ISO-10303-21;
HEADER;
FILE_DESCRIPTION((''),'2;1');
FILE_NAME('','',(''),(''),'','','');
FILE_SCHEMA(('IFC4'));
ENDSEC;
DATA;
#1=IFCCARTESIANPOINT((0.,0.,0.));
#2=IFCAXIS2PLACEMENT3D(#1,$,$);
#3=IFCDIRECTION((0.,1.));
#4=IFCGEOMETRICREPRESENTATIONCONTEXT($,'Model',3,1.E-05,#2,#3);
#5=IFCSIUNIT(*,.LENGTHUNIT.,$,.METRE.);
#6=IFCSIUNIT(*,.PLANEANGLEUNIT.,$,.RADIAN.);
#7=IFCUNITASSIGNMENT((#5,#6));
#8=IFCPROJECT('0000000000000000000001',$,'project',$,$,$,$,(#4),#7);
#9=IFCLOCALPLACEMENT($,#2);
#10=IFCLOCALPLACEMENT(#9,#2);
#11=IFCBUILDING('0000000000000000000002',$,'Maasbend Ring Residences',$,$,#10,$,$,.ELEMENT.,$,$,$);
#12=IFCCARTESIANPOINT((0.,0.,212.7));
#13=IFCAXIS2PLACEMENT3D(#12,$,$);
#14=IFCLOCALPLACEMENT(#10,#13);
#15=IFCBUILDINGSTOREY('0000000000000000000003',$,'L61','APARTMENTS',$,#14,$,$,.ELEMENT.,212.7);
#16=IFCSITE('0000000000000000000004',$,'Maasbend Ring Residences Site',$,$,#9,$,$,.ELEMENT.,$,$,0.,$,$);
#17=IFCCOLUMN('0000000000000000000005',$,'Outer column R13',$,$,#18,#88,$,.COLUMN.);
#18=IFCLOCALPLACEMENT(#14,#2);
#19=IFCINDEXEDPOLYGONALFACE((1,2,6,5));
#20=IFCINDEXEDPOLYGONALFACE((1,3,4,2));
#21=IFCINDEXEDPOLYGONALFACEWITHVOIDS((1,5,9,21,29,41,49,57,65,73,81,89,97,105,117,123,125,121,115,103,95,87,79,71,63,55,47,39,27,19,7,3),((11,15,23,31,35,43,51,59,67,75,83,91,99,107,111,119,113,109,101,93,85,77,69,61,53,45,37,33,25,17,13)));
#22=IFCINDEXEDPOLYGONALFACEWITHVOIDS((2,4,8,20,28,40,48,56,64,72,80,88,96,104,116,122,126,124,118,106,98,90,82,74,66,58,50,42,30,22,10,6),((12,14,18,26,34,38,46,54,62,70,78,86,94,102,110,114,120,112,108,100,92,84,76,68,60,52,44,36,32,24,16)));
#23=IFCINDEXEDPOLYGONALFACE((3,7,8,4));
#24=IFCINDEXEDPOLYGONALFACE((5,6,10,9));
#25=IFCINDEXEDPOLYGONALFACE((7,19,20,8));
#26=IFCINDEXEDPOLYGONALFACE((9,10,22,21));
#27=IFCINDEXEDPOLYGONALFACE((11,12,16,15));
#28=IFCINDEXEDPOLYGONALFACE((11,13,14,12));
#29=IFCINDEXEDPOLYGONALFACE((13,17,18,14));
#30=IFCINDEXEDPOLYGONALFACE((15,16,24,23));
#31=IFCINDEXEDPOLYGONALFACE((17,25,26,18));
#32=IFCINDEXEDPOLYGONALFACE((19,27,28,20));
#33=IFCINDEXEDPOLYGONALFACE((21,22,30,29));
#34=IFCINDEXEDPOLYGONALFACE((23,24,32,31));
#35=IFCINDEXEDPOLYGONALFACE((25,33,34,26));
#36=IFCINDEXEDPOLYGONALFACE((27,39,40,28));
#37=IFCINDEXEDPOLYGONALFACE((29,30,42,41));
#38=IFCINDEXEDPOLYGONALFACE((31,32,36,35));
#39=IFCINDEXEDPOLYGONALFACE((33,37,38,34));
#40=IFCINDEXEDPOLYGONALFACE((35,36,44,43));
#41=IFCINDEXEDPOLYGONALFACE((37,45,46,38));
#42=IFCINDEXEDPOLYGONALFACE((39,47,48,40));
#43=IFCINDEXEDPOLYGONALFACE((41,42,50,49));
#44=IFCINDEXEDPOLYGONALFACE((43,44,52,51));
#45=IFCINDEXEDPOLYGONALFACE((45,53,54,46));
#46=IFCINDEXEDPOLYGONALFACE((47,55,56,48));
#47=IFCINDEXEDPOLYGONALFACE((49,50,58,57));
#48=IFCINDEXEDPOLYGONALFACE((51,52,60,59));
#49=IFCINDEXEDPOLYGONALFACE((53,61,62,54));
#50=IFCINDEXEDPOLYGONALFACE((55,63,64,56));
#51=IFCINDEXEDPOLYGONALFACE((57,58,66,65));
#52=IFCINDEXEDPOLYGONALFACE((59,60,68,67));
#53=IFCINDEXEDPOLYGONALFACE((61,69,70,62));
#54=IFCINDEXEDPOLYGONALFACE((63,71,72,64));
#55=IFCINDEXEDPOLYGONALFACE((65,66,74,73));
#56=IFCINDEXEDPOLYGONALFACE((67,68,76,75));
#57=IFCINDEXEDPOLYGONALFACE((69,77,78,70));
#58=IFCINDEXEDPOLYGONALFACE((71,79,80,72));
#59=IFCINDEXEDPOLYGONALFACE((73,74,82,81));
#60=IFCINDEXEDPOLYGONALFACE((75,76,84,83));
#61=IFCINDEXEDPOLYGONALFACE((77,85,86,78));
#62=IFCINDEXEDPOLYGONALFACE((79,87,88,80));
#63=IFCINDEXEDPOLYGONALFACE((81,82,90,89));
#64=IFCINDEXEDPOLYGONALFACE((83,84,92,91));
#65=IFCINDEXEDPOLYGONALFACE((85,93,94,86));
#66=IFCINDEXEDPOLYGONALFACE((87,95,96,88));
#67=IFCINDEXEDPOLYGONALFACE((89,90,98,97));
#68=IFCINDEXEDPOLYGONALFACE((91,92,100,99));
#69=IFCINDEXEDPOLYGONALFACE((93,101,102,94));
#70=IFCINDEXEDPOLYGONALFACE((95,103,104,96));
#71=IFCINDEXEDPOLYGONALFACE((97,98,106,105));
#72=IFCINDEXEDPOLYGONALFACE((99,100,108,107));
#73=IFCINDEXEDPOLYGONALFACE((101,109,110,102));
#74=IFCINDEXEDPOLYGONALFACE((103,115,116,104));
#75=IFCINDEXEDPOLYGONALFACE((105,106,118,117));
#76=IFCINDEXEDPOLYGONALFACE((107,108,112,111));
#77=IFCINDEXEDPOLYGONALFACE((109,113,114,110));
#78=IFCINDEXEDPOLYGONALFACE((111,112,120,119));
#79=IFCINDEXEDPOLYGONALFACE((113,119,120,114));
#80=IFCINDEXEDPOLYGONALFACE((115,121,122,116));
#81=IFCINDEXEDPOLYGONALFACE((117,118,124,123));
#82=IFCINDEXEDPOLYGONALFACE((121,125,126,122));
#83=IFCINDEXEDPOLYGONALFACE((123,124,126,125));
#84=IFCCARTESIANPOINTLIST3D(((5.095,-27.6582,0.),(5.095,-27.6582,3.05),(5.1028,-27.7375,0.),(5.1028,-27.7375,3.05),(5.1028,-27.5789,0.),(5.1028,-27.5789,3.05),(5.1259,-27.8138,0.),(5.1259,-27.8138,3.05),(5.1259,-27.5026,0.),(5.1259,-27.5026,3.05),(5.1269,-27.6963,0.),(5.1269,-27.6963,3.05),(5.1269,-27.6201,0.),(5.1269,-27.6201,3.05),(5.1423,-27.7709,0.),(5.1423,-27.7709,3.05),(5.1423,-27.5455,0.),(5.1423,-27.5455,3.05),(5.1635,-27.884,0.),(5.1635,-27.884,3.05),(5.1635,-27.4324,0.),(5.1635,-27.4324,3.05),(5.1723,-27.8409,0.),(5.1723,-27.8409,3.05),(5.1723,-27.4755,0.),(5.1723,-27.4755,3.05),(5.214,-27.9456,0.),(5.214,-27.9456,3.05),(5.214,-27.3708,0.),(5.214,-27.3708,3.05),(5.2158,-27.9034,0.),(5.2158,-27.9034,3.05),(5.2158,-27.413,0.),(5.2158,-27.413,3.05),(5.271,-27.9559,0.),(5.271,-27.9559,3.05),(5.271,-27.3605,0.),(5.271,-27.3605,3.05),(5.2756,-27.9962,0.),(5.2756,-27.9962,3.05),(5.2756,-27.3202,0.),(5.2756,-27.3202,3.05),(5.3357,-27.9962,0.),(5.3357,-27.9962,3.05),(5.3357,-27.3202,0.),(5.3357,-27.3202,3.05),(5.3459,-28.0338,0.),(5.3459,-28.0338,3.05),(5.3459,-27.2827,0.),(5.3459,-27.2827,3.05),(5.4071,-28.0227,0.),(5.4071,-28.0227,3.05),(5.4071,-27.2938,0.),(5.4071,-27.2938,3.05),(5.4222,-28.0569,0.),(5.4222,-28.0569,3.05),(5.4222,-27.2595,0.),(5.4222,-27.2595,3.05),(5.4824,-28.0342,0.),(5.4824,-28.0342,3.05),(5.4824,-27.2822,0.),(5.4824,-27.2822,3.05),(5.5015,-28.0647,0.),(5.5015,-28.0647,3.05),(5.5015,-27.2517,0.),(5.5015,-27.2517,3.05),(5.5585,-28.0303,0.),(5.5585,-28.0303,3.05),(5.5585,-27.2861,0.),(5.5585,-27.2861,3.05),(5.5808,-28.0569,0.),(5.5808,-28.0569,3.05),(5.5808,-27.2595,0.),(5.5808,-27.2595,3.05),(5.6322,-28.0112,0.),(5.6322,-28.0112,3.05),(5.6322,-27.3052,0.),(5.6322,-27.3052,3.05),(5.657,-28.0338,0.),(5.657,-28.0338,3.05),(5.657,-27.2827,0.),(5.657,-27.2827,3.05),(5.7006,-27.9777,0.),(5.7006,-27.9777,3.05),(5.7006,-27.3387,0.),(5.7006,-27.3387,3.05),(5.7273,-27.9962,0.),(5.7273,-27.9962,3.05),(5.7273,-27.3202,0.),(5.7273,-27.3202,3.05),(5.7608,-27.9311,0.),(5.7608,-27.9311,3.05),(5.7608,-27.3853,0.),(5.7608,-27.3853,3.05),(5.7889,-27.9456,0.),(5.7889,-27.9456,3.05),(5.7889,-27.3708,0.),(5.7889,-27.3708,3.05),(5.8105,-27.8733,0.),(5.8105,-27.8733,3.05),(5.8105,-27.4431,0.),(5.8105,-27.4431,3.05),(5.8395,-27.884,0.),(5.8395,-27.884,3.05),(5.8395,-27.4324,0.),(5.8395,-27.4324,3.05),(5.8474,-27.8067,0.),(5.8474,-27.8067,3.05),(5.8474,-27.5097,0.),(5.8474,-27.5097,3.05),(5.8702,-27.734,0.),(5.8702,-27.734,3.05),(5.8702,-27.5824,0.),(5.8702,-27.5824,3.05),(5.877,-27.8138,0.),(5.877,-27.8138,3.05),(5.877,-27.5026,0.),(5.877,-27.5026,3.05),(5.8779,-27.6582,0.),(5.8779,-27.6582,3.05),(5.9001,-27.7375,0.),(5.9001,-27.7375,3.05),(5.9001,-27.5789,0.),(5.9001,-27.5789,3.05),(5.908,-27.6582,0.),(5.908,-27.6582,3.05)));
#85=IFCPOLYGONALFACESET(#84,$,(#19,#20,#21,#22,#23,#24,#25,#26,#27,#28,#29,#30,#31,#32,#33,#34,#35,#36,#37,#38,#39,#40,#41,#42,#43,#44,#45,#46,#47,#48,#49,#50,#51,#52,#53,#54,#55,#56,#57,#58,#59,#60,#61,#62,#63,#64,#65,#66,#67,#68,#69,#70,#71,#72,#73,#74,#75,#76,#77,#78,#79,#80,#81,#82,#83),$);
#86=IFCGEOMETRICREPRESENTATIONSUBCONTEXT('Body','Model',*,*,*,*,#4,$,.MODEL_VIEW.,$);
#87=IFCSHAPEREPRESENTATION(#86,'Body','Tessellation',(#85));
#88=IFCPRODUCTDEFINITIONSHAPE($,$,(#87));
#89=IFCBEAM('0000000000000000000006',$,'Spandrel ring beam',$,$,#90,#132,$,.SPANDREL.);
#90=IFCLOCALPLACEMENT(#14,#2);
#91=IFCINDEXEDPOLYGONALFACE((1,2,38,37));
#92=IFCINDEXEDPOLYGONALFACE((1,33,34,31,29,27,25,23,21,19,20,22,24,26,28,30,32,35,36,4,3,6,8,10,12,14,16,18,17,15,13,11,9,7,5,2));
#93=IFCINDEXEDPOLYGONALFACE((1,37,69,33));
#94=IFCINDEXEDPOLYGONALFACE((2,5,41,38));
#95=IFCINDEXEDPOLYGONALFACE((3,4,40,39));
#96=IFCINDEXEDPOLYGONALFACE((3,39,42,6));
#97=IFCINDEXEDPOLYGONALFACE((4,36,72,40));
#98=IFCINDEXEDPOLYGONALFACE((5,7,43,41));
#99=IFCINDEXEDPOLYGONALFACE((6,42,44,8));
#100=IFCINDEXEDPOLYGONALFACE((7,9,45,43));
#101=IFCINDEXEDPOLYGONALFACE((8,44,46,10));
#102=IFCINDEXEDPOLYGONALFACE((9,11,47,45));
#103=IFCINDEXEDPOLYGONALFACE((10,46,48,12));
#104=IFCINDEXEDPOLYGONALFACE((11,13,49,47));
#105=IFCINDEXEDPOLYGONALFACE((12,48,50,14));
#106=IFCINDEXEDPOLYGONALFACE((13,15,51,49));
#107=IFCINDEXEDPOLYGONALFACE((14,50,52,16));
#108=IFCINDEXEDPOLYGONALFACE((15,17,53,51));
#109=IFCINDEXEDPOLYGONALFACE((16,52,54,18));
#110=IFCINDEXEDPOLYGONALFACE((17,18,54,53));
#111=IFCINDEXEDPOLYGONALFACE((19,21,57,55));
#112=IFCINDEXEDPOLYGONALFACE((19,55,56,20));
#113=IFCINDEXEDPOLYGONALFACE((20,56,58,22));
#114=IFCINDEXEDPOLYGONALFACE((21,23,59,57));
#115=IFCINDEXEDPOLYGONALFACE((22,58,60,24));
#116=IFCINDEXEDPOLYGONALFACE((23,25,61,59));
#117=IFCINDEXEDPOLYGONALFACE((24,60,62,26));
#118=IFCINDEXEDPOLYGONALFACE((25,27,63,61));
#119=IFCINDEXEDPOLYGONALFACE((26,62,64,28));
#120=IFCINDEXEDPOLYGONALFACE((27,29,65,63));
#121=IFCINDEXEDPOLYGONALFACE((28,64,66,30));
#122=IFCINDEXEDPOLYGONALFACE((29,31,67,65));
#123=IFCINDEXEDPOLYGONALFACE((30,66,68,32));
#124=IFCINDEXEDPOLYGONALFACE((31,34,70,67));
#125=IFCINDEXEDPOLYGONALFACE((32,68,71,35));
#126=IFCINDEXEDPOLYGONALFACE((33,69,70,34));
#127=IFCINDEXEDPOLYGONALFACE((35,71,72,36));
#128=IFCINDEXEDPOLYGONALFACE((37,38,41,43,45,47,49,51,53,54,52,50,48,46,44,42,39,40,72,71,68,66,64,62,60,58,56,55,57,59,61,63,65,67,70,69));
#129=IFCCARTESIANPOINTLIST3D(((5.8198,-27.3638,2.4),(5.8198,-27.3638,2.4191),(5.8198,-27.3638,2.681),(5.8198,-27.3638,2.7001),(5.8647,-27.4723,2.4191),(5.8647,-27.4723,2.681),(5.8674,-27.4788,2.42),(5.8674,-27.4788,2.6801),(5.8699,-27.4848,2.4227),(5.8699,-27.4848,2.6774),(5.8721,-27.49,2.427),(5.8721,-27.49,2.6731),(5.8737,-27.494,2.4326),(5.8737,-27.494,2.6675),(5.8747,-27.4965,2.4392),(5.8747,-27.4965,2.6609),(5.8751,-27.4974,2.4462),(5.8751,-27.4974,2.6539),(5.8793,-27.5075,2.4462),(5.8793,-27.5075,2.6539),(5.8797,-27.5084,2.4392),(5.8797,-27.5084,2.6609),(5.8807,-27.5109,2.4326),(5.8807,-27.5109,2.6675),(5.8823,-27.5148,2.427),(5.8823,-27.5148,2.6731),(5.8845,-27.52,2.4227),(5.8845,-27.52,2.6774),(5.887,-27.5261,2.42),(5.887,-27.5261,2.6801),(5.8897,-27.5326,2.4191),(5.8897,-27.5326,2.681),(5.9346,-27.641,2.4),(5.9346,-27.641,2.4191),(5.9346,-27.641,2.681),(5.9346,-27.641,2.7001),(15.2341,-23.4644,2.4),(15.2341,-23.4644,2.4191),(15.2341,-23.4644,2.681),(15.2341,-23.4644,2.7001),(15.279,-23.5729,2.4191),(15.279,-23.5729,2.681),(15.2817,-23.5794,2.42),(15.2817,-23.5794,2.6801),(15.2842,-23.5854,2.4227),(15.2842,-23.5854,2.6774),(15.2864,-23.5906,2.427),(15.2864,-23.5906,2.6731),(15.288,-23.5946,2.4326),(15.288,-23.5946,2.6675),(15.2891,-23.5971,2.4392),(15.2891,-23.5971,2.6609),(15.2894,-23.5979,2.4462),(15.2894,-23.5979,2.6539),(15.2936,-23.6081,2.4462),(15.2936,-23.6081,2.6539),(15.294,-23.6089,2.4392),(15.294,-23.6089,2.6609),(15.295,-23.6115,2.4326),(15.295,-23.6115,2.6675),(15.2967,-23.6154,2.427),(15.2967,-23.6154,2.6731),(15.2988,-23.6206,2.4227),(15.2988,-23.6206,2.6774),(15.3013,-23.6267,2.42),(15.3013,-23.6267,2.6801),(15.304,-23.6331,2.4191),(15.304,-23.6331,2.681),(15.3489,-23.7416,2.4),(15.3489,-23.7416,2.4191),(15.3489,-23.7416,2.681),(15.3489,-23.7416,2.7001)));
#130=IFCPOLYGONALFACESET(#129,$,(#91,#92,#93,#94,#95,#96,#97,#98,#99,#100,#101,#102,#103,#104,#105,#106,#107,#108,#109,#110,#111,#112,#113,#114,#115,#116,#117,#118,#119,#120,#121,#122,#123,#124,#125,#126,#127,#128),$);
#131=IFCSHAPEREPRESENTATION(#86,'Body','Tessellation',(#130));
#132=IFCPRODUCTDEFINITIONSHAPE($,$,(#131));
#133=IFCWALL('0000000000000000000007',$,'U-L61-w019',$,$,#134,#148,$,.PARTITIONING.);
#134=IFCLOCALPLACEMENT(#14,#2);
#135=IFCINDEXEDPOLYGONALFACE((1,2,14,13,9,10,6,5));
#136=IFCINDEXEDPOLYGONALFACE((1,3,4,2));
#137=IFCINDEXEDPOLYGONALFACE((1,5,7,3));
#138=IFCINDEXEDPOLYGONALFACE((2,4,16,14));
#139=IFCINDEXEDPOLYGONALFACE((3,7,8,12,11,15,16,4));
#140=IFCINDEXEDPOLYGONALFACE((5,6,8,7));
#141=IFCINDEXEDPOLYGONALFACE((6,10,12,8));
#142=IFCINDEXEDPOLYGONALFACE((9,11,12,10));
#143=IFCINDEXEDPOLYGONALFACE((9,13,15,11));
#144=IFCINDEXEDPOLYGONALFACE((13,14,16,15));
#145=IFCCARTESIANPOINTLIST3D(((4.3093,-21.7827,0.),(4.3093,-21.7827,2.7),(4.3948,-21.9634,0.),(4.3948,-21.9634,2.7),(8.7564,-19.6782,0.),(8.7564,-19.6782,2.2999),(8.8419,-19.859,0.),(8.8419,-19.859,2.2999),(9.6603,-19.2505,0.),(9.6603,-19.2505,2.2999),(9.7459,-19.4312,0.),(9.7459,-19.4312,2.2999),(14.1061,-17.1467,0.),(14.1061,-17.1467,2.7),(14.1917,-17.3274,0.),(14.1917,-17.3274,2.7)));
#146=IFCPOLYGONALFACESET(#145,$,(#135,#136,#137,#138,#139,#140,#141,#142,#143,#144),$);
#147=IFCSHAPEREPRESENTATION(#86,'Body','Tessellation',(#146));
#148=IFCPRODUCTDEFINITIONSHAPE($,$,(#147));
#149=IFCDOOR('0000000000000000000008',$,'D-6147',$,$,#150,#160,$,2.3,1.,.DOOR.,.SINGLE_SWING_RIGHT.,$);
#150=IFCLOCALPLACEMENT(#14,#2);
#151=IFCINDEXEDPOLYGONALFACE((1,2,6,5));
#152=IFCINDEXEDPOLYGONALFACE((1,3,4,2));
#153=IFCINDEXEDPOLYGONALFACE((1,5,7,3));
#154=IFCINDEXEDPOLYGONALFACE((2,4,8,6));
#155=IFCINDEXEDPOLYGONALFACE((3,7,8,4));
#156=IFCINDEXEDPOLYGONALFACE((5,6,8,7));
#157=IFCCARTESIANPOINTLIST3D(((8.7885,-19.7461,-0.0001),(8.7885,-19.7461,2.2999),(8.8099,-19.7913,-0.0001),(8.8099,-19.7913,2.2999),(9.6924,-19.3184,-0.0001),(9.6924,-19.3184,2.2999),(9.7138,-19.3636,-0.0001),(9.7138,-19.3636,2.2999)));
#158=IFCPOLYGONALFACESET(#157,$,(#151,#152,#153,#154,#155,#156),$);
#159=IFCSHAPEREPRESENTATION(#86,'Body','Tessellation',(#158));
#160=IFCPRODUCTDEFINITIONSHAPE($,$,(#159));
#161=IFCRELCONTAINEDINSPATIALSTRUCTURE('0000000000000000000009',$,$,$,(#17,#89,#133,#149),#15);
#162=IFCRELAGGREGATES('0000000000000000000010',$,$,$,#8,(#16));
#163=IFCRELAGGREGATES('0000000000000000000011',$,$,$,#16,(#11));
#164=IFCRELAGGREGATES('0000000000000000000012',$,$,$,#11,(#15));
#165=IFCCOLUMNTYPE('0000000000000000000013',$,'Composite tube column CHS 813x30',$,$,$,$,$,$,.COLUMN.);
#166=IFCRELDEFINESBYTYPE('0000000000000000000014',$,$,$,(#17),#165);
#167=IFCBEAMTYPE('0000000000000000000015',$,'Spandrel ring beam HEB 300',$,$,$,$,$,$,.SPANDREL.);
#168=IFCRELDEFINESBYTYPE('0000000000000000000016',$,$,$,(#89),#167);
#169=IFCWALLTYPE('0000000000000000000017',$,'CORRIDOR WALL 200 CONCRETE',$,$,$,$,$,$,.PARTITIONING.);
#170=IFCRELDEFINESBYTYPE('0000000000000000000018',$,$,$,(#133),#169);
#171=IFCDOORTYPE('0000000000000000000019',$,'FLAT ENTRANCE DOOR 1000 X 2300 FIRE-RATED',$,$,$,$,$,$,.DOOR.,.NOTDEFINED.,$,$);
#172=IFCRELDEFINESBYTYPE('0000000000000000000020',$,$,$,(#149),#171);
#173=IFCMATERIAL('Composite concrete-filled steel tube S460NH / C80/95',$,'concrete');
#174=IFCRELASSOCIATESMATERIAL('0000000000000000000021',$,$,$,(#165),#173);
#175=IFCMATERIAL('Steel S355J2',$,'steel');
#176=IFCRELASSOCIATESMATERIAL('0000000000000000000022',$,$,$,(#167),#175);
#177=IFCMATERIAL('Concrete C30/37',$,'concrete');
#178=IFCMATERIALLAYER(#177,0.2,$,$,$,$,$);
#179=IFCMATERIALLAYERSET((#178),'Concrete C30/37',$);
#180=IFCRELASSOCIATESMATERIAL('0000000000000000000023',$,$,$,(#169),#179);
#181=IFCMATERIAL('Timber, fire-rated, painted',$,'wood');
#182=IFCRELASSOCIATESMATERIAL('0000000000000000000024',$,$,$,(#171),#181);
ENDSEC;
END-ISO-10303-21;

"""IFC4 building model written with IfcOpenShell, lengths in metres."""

from ifc_helpers import new_model, si_unit, direction, frame, frame_2d, origin, origin_2d, place, context, subcontext, project, spatial, rectangle, hollow_circle, i_section, extrude, material, layer, layer_set, material_profile, profile_set, type_object, element, fill, save


model = new_model("IFC4")

# Units and contexts
model_context = context("Model", 3, precision=1e-05, world=origin(), true_north=direction((0.0, 1.0)))
body_context = subcontext(model_context, "Body", "Model", "MODEL_VIEW")
ifc_project = project(units=[si_unit("LENGTHUNIT", "METRE"), si_unit("PLANEANGLEUNIT", "RADIAN")], contexts=[model_context])

# Site, building, storey
site_placement = place(None, origin())
site = spatial("IfcSite", under=ifc_project, at=site_placement, Name="Maasbend Ring Residences Site", CompositionType="ELEMENT", RefElevation=0.0)
building_placement = place(site_placement, origin())
building = spatial("IfcBuilding", under=site, at=building_placement, Name="Maasbend Ring Residences", CompositionType="ELEMENT")
storey_placement = place(building_placement, frame((0.0, 0.0, 212.7)))
storey = spatial("IfcBuildingStorey", under=building, at=storey_placement, Name="L61", Description="APARTMENTS", CompositionType="ELEMENT", Elevation=212.7)

# Column
ifc_material_1 = material(Name="Composite concrete-filled steel tube S460NH / C80/95", Category="concrete")
ifc_material_profile_1 = material_profile(ifc_material_1, hollow_circle(Radius=0.4065, WallThickness=0.03, at=origin_2d()), Name="Composite tube column CHS 813x30")
ifc_profile_set_1 = profile_set([ifc_material_profile_1], Name="Composite concrete-filled steel tube S460NH / C80/95")
column_type = type_object("IfcColumnType", Name="Composite tube column CHS 813x30", PredefinedType="COLUMN", material=ifc_profile_set_1)
column_placement = place(storey_placement, frame((5.5015, -27.6582, 0.0), z_axis=(0.0, 0.0, 1.0), x_axis=(1.0, 0.0, 0.0)))
element("IfcColumn", 1, at=column_placement, inside=storey, type_object=column_type, Name="Outer column R13", PredefinedType="COLUMN", context=body_context, shape_type="SweptSolid", body=[
    extrude(hollow_circle(Radius=0.4065, WallThickness=0.03, at=origin_2d()), origin(), (0.0, 0.0, 1.0), 3.05),
])

# Beam
ifc_material_2 = material(Name="Steel S355J2", Category="steel")
ifc_material_profile_2 = material_profile(ifc_material_2, i_section(OverallWidth=0.3, OverallDepth=0.3, WebThickness=0.011, FlangeThickness=0.019, FilletRadius=0.0271, at=origin_2d()), Name="HEB 300")
ifc_profile_set_2 = profile_set([ifc_material_profile_2], Name="Steel S355J2")
beam_type = type_object("IfcBeamType", Name="Spandrel ring beam HEB 300", PredefinedType="SPANDREL", material=ifc_profile_set_2)
beam_placement = place(storey_placement, frame((5.8772, -27.5024, 2.55), z_axis=(0.923884, 0.382673, 0.0), x_axis=(-0.382673, 0.923884, 0.0)))
element("IfcBeam", 2, at=beam_placement, inside=storey, type_object=beam_type, Name="Spandrel ring beam", PredefinedType="SPANDREL", context=body_context, shape_type="SweptSolid", body=[
    extrude(i_section(OverallWidth=0.3, OverallDepth=0.3, WebThickness=0.011, FlangeThickness=0.019, FilletRadius=0.0271, at=origin_2d()), origin(), (0.0, 0.0, 1.0), 10.1899),
])

# Wall, opening, door
ifc_material_3 = material(Name="Concrete C30/37", Category="concrete")
ifc_layer_1 = layer(ifc_material_3, 0.2)
ifc_layer_set_1 = layer_set([ifc_layer_1], Name="Concrete C30/37")
wall_type_1 = type_object("IfcWallType", Name="CORRIDOR WALL 200 CONCRETE", PredefinedType="PARTITIONING", material=ifc_layer_set_1)
wall_1_placement = place(storey_placement, frame((4.3521, -21.873, 0.0), z_axis=(0.0, 0.0, 1.0), x_axis=(0.903903, 0.427737, 0.0)))
wall_1 = element("IfcWall", 3, at=wall_1_placement, inside=storey, type_object=wall_type_1, Name="U-L61-w019", PredefinedType="PARTITIONING", context=body_context, shape_type="SweptSolid", body=[
    extrude(rectangle(XDim=10.8384, YDim=0.2, at=frame_2d((5.4192, 0.0))), origin(), (0.0, 0.0, 1.0), 2.7),
])
opening_1_placement = place(wall_1_placement, frame((4.9199, 0.0, 0.0)))
opening_1 = element("IfcOpeningElement", 4, at=opening_1_placement, cuts=wall_1, PredefinedType="OPENING", context=body_context, shape_type="SweptSolid", body=[
    extrude(rectangle(XDim=1.0, YDim=2.3, at=frame_2d((0.5, 1.1499))), frame((0.0, 0.1099, 0.0), z_axis=(0.0, -1.0, 0.0), x_axis=(1.0, 0.0, 0.0)), (0.0, 0.0, 1.0), 0.22),
])
ifc_material_4 = material(Name="Timber, fire-rated, painted", Category="wood")
door_type_1 = type_object("IfcDoorType", Name="FLAT ENTRANCE DOOR 1000 X 2300 FIRE-RATED", OperationType="NOTDEFINED", PredefinedType="DOOR", material=ifc_material_4)
door_1_placement = place(opening_1_placement, origin())
door_1 = element("IfcDoor", 5, at=door_1_placement, inside=storey, type_object=door_type_1, Name="D-6147", OperationType="SINGLE_SWING_RIGHT", OverallHeight=2.3, OverallWidth=1.0, PredefinedType="DOOR", context=body_context, shape_type="SweptSolid", body=[
    extrude(rectangle(XDim=1.0, YDim=2.3, at=frame_2d((0.5, 1.1499))), frame((0.0, 0.0249, 0.0), z_axis=(0.0, -1.0, 0.0), x_axis=(1.0, 0.0, 0.0)), (0.0, 0.0, 1.0), 0.05),
])
fill(opening_1, door_1)

save(model, "model.ifc")
